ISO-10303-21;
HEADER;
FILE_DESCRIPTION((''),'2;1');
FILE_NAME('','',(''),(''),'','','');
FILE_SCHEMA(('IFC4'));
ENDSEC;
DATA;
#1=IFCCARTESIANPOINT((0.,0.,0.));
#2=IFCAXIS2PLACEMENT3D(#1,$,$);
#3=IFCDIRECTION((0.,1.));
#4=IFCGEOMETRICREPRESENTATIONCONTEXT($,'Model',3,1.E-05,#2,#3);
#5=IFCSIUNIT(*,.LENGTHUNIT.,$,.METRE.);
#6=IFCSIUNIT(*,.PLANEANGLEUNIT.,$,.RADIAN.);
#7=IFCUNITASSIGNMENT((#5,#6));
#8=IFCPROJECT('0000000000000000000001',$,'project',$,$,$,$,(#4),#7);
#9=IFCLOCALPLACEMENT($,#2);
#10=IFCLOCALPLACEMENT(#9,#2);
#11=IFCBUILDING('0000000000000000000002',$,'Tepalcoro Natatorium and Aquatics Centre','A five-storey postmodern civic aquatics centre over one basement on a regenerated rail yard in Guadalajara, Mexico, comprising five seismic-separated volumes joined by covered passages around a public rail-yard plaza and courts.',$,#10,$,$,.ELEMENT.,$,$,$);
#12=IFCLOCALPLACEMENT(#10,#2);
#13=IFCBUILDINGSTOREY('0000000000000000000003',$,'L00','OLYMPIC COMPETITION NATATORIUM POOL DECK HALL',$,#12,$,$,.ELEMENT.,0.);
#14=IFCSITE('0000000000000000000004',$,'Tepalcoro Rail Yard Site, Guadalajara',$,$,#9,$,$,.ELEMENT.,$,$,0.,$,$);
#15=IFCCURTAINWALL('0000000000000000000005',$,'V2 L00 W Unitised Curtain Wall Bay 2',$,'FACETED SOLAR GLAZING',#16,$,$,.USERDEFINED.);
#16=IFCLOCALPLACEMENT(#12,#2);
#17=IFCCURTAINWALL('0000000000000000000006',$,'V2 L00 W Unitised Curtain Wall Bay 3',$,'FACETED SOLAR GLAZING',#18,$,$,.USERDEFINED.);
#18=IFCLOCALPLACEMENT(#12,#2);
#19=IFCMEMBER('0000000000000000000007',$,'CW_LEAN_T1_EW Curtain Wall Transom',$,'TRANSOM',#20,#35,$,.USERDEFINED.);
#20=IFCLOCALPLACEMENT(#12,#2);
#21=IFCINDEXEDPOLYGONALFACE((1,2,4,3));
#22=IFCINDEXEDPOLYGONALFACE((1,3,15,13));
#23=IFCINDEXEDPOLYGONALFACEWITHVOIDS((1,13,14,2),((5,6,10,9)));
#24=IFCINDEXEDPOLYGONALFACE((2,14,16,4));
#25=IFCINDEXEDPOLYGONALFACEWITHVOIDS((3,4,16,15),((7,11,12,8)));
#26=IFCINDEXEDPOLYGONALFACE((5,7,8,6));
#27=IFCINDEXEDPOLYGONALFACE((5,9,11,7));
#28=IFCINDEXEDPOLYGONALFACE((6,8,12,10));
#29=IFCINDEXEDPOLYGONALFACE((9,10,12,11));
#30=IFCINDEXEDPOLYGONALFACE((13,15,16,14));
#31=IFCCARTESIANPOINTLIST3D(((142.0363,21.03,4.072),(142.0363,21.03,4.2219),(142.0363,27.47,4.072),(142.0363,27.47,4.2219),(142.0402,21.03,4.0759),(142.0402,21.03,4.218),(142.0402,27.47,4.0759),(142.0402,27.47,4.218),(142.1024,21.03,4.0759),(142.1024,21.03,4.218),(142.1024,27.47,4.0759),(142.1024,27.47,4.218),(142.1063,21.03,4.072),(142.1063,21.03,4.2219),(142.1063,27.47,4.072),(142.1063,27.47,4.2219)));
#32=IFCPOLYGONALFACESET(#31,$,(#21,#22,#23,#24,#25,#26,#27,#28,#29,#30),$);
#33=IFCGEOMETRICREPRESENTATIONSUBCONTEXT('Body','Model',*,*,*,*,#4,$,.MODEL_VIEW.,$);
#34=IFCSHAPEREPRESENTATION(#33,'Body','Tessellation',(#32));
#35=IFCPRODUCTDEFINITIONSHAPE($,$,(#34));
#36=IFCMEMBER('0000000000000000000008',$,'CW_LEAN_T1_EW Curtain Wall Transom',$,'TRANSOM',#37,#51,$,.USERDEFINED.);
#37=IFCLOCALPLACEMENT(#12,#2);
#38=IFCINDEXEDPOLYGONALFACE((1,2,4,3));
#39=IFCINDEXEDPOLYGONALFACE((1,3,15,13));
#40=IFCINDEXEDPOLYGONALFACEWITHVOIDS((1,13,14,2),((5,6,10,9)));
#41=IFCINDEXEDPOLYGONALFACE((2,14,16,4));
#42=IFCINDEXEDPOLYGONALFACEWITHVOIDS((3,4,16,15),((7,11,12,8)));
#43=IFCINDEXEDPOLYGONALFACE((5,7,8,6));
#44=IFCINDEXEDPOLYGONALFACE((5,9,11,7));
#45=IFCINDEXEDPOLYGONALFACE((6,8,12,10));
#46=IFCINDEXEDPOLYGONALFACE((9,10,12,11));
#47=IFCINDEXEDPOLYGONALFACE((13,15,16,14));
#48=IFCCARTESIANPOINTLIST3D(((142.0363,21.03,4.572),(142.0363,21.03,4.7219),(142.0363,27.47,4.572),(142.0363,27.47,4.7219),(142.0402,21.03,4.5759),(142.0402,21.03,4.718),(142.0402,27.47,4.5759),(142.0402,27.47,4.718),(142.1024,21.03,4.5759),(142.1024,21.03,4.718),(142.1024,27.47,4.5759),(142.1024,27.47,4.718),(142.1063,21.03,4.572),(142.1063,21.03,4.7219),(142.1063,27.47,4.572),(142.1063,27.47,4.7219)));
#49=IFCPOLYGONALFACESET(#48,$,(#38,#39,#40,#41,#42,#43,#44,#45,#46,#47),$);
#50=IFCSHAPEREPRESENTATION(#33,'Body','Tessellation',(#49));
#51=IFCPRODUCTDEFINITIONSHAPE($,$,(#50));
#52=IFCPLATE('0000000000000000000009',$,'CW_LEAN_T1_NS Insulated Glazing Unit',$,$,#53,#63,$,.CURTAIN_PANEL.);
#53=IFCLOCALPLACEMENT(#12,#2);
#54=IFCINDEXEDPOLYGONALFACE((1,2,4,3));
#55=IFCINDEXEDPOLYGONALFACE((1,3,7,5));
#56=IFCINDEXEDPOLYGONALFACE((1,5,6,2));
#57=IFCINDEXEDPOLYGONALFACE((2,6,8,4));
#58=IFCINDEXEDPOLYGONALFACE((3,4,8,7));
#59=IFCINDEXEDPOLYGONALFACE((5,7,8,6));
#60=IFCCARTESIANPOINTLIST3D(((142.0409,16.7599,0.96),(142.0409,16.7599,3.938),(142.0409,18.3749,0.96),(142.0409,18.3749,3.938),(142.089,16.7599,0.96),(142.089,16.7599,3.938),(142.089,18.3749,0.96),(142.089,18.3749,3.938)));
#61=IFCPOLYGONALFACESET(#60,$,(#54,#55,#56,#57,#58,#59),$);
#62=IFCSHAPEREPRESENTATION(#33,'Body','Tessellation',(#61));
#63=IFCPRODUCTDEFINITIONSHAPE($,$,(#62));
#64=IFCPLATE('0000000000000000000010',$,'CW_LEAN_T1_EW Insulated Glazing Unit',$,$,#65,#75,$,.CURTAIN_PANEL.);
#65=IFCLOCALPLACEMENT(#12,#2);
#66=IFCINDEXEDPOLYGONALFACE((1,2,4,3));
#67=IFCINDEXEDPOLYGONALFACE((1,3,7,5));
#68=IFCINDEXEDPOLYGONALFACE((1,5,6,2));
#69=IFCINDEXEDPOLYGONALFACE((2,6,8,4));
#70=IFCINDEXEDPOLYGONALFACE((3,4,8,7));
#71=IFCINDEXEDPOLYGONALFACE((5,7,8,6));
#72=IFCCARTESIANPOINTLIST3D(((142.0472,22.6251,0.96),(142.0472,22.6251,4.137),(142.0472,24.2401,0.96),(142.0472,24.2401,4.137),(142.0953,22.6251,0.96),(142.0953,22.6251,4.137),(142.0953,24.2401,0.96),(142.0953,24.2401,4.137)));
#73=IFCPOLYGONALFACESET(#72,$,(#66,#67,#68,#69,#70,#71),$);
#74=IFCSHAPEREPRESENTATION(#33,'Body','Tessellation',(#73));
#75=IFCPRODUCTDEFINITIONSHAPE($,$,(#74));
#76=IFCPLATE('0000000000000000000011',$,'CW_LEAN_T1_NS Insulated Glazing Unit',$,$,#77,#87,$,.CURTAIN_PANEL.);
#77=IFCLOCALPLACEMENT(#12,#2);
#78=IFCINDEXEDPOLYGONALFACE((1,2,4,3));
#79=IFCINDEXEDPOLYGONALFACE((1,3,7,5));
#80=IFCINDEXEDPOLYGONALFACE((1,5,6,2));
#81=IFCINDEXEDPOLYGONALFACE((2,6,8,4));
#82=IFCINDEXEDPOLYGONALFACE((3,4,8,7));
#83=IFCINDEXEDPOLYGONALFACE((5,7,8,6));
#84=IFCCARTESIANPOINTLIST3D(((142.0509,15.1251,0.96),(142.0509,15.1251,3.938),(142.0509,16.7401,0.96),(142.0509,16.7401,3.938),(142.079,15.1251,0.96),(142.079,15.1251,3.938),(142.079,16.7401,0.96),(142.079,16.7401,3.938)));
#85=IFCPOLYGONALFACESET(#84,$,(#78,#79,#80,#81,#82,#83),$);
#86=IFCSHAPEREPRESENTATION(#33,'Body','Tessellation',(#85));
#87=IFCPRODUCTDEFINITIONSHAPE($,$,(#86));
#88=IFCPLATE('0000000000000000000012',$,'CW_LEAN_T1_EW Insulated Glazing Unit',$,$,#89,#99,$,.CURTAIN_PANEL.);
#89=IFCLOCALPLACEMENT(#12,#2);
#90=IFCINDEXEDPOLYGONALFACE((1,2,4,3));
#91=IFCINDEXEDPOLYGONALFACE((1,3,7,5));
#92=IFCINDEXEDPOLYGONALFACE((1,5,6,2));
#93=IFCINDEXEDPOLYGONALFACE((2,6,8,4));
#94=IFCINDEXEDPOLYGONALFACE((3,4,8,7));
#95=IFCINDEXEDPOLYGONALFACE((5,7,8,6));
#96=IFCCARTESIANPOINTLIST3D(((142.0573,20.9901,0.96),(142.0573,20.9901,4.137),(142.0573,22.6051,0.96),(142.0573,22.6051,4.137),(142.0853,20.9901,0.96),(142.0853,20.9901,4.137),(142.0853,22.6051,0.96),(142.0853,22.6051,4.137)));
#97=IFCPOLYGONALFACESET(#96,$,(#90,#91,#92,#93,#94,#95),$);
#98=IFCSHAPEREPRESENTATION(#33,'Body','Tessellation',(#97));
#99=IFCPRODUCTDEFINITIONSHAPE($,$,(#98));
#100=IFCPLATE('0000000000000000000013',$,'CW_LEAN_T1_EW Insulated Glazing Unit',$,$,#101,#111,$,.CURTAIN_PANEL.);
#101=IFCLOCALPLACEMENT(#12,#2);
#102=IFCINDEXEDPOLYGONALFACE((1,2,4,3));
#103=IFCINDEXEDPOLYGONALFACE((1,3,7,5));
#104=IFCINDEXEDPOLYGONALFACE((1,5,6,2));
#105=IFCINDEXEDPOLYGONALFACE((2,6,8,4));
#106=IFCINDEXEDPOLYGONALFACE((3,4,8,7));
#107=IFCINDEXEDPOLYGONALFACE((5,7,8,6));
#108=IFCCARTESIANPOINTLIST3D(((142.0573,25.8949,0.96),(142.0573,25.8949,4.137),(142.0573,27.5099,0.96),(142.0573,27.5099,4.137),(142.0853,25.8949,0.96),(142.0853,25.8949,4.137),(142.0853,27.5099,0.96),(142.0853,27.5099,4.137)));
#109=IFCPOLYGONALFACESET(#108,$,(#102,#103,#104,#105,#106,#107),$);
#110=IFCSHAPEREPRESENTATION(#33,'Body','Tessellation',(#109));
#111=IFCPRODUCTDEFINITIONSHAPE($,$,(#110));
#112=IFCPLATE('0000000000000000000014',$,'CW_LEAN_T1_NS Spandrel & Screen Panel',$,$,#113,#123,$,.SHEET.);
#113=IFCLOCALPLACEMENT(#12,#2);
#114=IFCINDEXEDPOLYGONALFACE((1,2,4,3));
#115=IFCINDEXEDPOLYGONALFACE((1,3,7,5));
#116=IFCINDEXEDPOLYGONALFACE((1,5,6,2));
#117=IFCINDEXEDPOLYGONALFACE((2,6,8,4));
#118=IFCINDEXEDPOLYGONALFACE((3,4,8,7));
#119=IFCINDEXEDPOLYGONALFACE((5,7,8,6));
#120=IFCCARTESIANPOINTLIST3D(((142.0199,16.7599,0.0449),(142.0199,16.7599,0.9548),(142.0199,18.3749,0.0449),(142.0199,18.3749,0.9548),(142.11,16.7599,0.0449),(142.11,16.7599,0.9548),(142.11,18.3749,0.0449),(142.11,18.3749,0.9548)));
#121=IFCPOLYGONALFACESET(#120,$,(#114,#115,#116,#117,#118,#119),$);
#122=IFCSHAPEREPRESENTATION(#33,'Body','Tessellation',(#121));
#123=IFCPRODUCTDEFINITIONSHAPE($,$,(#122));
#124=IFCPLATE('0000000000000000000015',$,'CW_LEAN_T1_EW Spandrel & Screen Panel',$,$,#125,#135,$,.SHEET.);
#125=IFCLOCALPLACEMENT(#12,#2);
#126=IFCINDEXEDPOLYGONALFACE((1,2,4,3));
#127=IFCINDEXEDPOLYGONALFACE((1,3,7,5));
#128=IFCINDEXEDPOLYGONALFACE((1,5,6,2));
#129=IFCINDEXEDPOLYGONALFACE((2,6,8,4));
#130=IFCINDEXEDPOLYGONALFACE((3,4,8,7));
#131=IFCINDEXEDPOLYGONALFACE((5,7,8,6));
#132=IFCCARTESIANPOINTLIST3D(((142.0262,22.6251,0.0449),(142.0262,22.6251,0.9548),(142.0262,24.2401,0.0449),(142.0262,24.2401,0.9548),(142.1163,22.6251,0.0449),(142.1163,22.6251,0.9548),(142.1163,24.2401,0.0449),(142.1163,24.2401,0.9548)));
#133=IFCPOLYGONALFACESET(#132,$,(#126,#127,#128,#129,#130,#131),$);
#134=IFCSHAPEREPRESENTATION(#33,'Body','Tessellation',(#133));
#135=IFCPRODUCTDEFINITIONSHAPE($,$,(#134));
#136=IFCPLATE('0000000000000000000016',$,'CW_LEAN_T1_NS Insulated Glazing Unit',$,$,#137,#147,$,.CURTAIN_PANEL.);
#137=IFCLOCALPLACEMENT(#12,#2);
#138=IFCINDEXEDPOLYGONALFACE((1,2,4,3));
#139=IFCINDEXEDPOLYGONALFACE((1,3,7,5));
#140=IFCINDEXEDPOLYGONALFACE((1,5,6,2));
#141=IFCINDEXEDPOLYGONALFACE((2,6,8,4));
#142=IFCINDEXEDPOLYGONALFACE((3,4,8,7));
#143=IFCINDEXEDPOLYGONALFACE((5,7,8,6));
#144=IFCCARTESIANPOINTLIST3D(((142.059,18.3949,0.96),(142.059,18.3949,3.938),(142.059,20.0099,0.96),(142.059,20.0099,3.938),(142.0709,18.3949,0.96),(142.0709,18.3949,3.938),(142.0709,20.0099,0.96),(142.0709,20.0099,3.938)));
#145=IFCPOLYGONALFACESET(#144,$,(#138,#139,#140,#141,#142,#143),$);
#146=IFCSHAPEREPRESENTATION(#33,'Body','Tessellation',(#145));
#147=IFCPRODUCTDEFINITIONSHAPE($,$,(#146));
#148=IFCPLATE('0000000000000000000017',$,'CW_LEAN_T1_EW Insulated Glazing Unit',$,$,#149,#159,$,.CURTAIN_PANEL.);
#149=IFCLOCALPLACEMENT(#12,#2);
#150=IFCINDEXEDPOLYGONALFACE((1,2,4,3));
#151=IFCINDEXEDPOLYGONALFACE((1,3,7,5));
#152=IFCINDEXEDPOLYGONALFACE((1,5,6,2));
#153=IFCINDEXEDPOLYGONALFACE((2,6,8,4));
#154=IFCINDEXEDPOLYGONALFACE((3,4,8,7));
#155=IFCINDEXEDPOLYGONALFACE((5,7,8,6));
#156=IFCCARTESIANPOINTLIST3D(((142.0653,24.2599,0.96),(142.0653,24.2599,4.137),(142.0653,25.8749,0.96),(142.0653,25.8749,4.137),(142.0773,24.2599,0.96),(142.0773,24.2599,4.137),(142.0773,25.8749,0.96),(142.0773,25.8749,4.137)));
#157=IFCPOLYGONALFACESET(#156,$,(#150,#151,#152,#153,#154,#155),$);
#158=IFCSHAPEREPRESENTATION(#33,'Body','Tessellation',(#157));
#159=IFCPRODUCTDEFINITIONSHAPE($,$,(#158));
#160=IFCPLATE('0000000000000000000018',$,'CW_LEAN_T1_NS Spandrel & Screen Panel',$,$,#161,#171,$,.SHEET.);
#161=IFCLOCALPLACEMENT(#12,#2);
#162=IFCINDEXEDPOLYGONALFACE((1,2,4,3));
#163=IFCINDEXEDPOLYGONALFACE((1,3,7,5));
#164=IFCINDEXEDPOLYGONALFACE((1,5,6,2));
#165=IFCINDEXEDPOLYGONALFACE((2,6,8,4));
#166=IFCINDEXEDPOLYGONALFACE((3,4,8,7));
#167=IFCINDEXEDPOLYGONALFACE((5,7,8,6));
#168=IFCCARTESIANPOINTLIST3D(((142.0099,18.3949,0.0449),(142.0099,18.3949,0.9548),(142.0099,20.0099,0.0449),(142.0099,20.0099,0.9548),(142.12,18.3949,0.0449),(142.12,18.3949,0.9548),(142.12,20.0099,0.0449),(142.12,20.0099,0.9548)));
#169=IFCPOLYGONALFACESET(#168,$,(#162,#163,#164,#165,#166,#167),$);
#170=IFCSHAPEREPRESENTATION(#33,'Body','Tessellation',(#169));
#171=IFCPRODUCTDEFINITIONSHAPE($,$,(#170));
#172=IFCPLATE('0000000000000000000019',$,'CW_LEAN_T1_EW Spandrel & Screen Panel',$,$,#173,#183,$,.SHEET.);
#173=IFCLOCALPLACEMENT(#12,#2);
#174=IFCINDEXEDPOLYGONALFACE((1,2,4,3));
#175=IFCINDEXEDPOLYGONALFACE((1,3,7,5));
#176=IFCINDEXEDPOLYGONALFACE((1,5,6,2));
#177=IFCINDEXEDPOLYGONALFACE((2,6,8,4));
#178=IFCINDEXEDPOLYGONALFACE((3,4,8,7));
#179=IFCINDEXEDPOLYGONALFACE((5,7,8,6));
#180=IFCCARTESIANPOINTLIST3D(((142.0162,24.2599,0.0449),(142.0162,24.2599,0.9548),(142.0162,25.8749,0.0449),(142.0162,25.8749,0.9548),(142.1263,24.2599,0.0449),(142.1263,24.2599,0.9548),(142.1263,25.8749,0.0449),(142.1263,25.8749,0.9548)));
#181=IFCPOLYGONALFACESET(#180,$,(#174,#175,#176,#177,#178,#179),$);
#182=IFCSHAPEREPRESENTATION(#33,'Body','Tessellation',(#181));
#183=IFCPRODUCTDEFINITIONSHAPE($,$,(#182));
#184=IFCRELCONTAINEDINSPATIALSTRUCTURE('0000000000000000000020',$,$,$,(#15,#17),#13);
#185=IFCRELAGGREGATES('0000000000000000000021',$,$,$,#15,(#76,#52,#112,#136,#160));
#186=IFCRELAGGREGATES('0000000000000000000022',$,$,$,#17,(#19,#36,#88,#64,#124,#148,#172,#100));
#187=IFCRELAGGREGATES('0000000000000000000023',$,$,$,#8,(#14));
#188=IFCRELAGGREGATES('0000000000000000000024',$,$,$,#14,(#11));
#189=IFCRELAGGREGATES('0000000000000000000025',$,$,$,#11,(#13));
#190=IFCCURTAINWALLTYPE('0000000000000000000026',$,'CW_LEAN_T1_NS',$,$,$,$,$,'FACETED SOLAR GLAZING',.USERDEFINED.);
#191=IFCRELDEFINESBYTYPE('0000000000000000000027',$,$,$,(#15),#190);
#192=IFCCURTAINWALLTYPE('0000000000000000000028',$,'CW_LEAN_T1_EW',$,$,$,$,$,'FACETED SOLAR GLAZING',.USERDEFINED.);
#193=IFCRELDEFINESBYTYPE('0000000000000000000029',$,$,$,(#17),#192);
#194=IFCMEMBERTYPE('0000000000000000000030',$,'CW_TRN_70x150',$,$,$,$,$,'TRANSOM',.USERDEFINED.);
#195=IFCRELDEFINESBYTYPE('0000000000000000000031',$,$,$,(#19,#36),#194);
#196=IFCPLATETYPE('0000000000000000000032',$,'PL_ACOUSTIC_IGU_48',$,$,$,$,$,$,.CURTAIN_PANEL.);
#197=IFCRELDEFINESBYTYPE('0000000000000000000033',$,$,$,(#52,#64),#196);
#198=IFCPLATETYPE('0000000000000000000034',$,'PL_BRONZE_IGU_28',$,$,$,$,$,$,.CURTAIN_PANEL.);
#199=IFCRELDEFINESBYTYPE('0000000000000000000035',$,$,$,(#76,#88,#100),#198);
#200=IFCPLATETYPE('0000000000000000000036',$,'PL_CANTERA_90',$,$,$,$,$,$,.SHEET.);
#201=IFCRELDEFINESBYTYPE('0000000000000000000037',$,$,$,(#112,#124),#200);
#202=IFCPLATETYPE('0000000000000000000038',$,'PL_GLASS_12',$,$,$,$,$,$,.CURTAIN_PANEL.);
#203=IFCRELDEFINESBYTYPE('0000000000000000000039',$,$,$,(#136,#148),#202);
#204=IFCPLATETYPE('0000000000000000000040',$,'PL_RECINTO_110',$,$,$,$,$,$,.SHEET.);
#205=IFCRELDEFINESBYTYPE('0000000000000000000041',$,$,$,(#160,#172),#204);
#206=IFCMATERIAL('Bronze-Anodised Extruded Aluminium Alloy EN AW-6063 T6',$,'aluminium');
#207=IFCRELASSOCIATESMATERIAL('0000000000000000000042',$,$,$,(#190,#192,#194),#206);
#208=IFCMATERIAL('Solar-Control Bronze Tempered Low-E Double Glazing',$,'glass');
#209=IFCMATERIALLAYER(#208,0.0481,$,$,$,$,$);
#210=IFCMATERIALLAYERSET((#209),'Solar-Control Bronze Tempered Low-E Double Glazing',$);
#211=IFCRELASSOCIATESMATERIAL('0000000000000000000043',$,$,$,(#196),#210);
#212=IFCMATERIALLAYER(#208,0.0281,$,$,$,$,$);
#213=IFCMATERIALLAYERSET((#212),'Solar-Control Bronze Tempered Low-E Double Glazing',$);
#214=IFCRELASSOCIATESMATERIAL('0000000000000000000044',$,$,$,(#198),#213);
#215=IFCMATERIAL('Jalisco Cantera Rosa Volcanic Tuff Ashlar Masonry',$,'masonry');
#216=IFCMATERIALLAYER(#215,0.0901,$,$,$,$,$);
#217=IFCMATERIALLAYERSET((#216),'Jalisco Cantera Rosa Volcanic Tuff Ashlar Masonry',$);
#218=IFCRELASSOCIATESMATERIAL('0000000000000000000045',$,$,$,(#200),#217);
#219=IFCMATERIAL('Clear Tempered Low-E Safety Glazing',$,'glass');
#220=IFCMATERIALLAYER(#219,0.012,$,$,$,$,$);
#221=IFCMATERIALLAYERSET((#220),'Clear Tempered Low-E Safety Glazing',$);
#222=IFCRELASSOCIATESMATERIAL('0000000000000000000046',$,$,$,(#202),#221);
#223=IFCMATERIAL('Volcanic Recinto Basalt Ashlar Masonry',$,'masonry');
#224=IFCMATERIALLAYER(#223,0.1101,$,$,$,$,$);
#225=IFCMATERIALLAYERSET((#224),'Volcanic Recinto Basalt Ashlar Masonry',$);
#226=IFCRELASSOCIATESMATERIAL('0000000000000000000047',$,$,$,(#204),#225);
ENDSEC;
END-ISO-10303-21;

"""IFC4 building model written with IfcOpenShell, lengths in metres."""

from ifc_helpers import new_model, si_unit, direction, frame, origin, origin_2d, place, context, subcontext, project, spatial, rectangle, hollow_rectangle, extrude, material, layer, layer_set, material_profile, profile_set, type_object, element, aggregate, save


model = new_model("IFC4")

# Units and contexts
model_context = context("Model", 3, precision=1e-05, world=origin(), true_north=direction((0.0, 1.0)))
body_context = subcontext(model_context, "Body", "Model", "MODEL_VIEW")
ifc_project = project(units=[si_unit("LENGTHUNIT", "METRE"), si_unit("PLANEANGLEUNIT", "RADIAN")], contexts=[model_context])

# Site, building, storey
site_placement = place(None, origin())
site = spatial("IfcSite", under=ifc_project, at=site_placement, Name="Tepalcoro Rail Yard Site, Guadalajara", CompositionType="ELEMENT", RefElevation=0.0)
building_placement = place(site_placement, origin())
building = spatial("IfcBuilding", under=site, at=building_placement, Name="Tepalcoro Natatorium and Aquatics Centre", Description="A five-storey postmodern civic aquatics centre over one basement on a regenerated rail yard in Guadalajara, Mexico, comprising five seismic-separated volumes joined by covered passages around a public rail-yard plaza and courts.", CompositionType="ELEMENT")
storey_placement = place(building_placement, origin())
storey = spatial("IfcBuildingStorey", under=building, at=storey_placement, Name="L00", Description="OLYMPIC COMPETITION NATATORIUM POOL DECK HALL", CompositionType="ELEMENT", Elevation=0.0)

# Curtain walls, members
ifc_material_1 = material(Name="Bronze-Anodised Extruded Aluminium Alloy EN AW-6063 T6", Category="aluminium")
curtain_wall_type_1 = type_object("IfcCurtainWallType", Name="CW_LEAN_T1_NS", ElementType="FACETED SOLAR GLAZING", PredefinedType="USERDEFINED", material=ifc_material_1)
curtain_wall_1_placement = place(storey_placement, origin())
curtain_wall_1 = element("IfcCurtainWall", 1, at=curtain_wall_1_placement, inside=storey, type_object=curtain_wall_type_1, Name="V2 L00 W Unitised Curtain Wall Bay 2", ObjectType="FACETED SOLAR GLAZING", PredefinedType="USERDEFINED")
curtain_wall_type_2 = type_object("IfcCurtainWallType", Name="CW_LEAN_T1_EW", ElementType="FACETED SOLAR GLAZING", PredefinedType="USERDEFINED", material=ifc_material_1)
curtain_wall_2_placement = place(storey_placement, origin())
curtain_wall_2 = element("IfcCurtainWall", 2, at=curtain_wall_2_placement, inside=storey, type_object=curtain_wall_type_2, Name="V2 L00 W Unitised Curtain Wall Bay 3", ObjectType="FACETED SOLAR GLAZING", PredefinedType="USERDEFINED")
ifc_material_profile_1 = material_profile(ifc_material_1, hollow_rectangle(XDim=0.0701, YDim=0.1499, WallThickness=0.0039, at=origin_2d()), Name="AL70X150X4")
ifc_profile_set_1 = profile_set([ifc_material_profile_1], Name="Bronze-Anodised Extruded Aluminium Alloy EN AW-6063 T6")
member_type_1 = type_object("IfcMemberType", Name="CW_TRN_70x150", ElementType="TRANSOM", PredefinedType="USERDEFINED", material=ifc_profile_set_1)
member_1_placement = place(storey_placement, frame((142.0713, 21.03, 4.147), z_axis=(0.0, 1.0, 0.0), x_axis=(-1.0, 0.0, 0.0)))
member_1 = element("IfcMember", 3, at=member_1_placement, type_object=member_type_1, Name="CW_LEAN_T1_EW Curtain Wall Transom", ObjectType="TRANSOM", PredefinedType="USERDEFINED", context=body_context, shape_type="SweptSolid", body=[
    extrude(hollow_rectangle(XDim=0.0701, YDim=0.1499, WallThickness=0.0039, at=origin_2d()), origin(), (0.0, 0.0, 1.0), 6.4399),
])
member_2_placement = place(storey_placement, frame((142.0713, 21.03, 4.647), z_axis=(0.0, 1.0, 0.0), x_axis=(-1.0, 0.0, 0.0)))
member_2 = element("IfcMember", 4, at=member_2_placement, type_object=member_type_1, Name="CW_LEAN_T1_EW Curtain Wall Transom", ObjectType="TRANSOM", PredefinedType="USERDEFINED", context=body_context, shape_type="SweptSolid", body=[
    extrude(hollow_rectangle(XDim=0.0701, YDim=0.1499, WallThickness=0.0039, at=origin_2d()), origin(), (0.0, 0.0, 1.0), 6.4399),
])

# Plates
ifc_material_2 = material(Name="Solar-Control Bronze Tempered Low-E Double Glazing", Category="glass")
ifc_layer_1 = layer(ifc_material_2, 0.0481)
ifc_layer_set_1 = layer_set([ifc_layer_1], Name="Solar-Control Bronze Tempered Low-E Double Glazing")
plate_type_1 = type_object("IfcPlateType", Name="PL_ACOUSTIC_IGU_48", PredefinedType="CURTAIN_PANEL", material=ifc_layer_set_1)
plate_1_placement = place(storey_placement, frame((142.0649, 17.5674, 0.96), z_axis=(0.0, 0.0, 1.0), x_axis=(1.0, 0.0, 0.0)))
plate_1 = element("IfcPlate", 5, at=plate_1_placement, type_object=plate_type_1, Name="CW_LEAN_T1_NS Insulated Glazing Unit", PredefinedType="CURTAIN_PANEL", context=body_context, shape_type="SweptSolid", body=[
    extrude(rectangle(XDim=0.0481, YDim=1.615, at=origin_2d()), origin(), (0.0, 0.0, 1.0), 2.978),
])
plate_2_placement = place(storey_placement, frame((142.0713, 23.4326, 0.96), z_axis=(0.0, 0.0, 1.0), x_axis=(1.0, 0.0, 0.0)))
plate_2 = element("IfcPlate", 6, at=plate_2_placement, type_object=plate_type_1, Name="CW_LEAN_T1_EW Insulated Glazing Unit", PredefinedType="CURTAIN_PANEL", context=body_context, shape_type="SweptSolid", body=[
    extrude(rectangle(XDim=0.0481, YDim=1.615, at=origin_2d()), origin(), (0.0, 0.0, 1.0), 3.177),
])
ifc_layer_2 = layer(ifc_material_2, 0.0281)
ifc_layer_set_2 = layer_set([ifc_layer_2], Name="Solar-Control Bronze Tempered Low-E Double Glazing")
plate_type_2 = type_object("IfcPlateType", Name="PL_BRONZE_IGU_28", PredefinedType="CURTAIN_PANEL", material=ifc_layer_set_2)
plate_3_placement = place(storey_placement, frame((142.0649, 15.9326, 0.96), z_axis=(0.0, 0.0, 1.0), x_axis=(1.0, 0.0, 0.0)))
plate_3 = element("IfcPlate", 7, at=plate_3_placement, type_object=plate_type_2, Name="CW_LEAN_T1_NS Insulated Glazing Unit", PredefinedType="CURTAIN_PANEL", context=body_context, shape_type="SweptSolid", body=[
    extrude(rectangle(XDim=0.0281, YDim=1.615, at=origin_2d()), origin(), (0.0, 0.0, 1.0), 2.978),
])
plate_4_placement = place(storey_placement, frame((142.0713, 21.7976, 0.96), z_axis=(0.0, 0.0, 1.0), x_axis=(1.0, 0.0, 0.0)))
plate_4 = element("IfcPlate", 8, at=plate_4_placement, type_object=plate_type_2, Name="CW_LEAN_T1_EW Insulated Glazing Unit", PredefinedType="CURTAIN_PANEL", context=body_context, shape_type="SweptSolid", body=[
    extrude(rectangle(XDim=0.0281, YDim=1.615, at=origin_2d()), origin(), (0.0, 0.0, 1.0), 3.177),
])
plate_5_placement = place(storey_placement, frame((142.0713, 26.7024, 0.96), z_axis=(0.0, 0.0, 1.0), x_axis=(1.0, 0.0, 0.0)))
plate_5 = element("IfcPlate", 9, at=plate_5_placement, type_object=plate_type_2, Name="CW_LEAN_T1_EW Insulated Glazing Unit", PredefinedType="CURTAIN_PANEL", context=body_context, shape_type="SweptSolid", body=[
    extrude(rectangle(XDim=0.0281, YDim=1.615, at=origin_2d()), origin(), (0.0, 0.0, 1.0), 3.177),
])
ifc_material_3 = material(Name="Jalisco Cantera Rosa Volcanic Tuff Ashlar Masonry", Category="masonry")
ifc_layer_3 = layer(ifc_material_3, 0.0901)
ifc_layer_set_3 = layer_set([ifc_layer_3], Name="Jalisco Cantera Rosa Volcanic Tuff Ashlar Masonry")
plate_type_3 = type_object("IfcPlateType", Name="PL_CANTERA_90", PredefinedType="SHEET", material=ifc_layer_set_3)
plate_6_placement = place(storey_placement, frame((142.0649, 17.5674, 0.0449), z_axis=(0.0, 0.0, 1.0), x_axis=(1.0, 0.0, 0.0)))
plate_6 = element("IfcPlate", 10, at=plate_6_placement, type_object=plate_type_3, Name="CW_LEAN_T1_NS Spandrel & Screen Panel", PredefinedType="SHEET", context=body_context, shape_type="SweptSolid", body=[
    extrude(rectangle(XDim=0.0901, YDim=1.615, at=origin_2d()), origin(), (0.0, 0.0, 1.0), 0.9099),
])
plate_7_placement = place(storey_placement, frame((142.0713, 23.4326, 0.0449), z_axis=(0.0, 0.0, 1.0), x_axis=(1.0, 0.0, 0.0)))
plate_7 = element("IfcPlate", 11, at=plate_7_placement, type_object=plate_type_3, Name="CW_LEAN_T1_EW Spandrel & Screen Panel", PredefinedType="SHEET", context=body_context, shape_type="SweptSolid", body=[
    extrude(rectangle(XDim=0.0901, YDim=1.615, at=origin_2d()), origin(), (0.0, 0.0, 1.0), 0.9099),
])
ifc_material_4 = material(Name="Clear Tempered Low-E Safety Glazing", Category="glass")
ifc_layer_4 = layer(ifc_material_4, 0.012)
ifc_layer_set_4 = layer_set([ifc_layer_4], Name="Clear Tempered Low-E Safety Glazing")
plate_type_4 = type_object("IfcPlateType", Name="PL_GLASS_12", PredefinedType="CURTAIN_PANEL", material=ifc_layer_set_4)
plate_8_placement = place(storey_placement, frame((142.0649, 19.2024, 0.96), z_axis=(0.0, 0.0, 1.0), x_axis=(1.0, 0.0, 0.0)))
plate_8 = element("IfcPlate", 12, at=plate_8_placement, type_object=plate_type_4, Name="CW_LEAN_T1_NS Insulated Glazing Unit", PredefinedType="CURTAIN_PANEL", context=body_context, shape_type="SweptSolid", body=[
    extrude(rectangle(XDim=0.012, YDim=1.615, at=origin_2d()), origin(), (0.0, 0.0, 1.0), 2.978),
])
plate_9_placement = place(storey_placement, frame((142.0713, 25.0674, 0.96), z_axis=(0.0, 0.0, 1.0), x_axis=(1.0, 0.0, 0.0)))
plate_9 = element("IfcPlate", 13, at=plate_9_placement, type_object=plate_type_4, Name="CW_LEAN_T1_EW Insulated Glazing Unit", PredefinedType="CURTAIN_PANEL", context=body_context, shape_type="SweptSolid", body=[
    extrude(rectangle(XDim=0.012, YDim=1.615, at=origin_2d()), origin(), (0.0, 0.0, 1.0), 3.177),
])
ifc_material_5 = material(Name="Volcanic Recinto Basalt Ashlar Masonry", Category="masonry")
ifc_layer_5 = layer(ifc_material_5, 0.1101)
ifc_layer_set_5 = layer_set([ifc_layer_5], Name="Volcanic Recinto Basalt Ashlar Masonry")
plate_type_5 = type_object("IfcPlateType", Name="PL_RECINTO_110", PredefinedType="SHEET", material=ifc_layer_set_5)
plate_10_placement = place(storey_placement, frame((142.0649, 19.2024, 0.0449), z_axis=(0.0, 0.0, 1.0), x_axis=(1.0, 0.0, 0.0)))
plate_10 = element("IfcPlate", 14, at=plate_10_placement, type_object=plate_type_5, Name="CW_LEAN_T1_NS Spandrel & Screen Panel", PredefinedType="SHEET", context=body_context, shape_type="SweptSolid", body=[
    extrude(rectangle(XDim=0.1101, YDim=1.615, at=origin_2d()), origin(), (0.0, 0.0, 1.0), 0.9099),
])
plate_11_placement = place(storey_placement, frame((142.0713, 25.0674, 0.0449), z_axis=(0.0, 0.0, 1.0), x_axis=(1.0, 0.0, 0.0)))
plate_11 = element("IfcPlate", 15, at=plate_11_placement, type_object=plate_type_5, Name="CW_LEAN_T1_EW Spandrel & Screen Panel", PredefinedType="SHEET", context=body_context, shape_type="SweptSolid", body=[
    extrude(rectangle(XDim=0.1101, YDim=1.615, at=origin_2d()), origin(), (0.0, 0.0, 1.0), 0.9099),
])
aggregate(curtain_wall_1, [plate_3, plate_1, plate_6, plate_8, plate_10])
aggregate(curtain_wall_2, [member_1, member_2, plate_4, plate_2, plate_7, plate_9, plate_11, plate_5])

save(model, "model.ifc")
